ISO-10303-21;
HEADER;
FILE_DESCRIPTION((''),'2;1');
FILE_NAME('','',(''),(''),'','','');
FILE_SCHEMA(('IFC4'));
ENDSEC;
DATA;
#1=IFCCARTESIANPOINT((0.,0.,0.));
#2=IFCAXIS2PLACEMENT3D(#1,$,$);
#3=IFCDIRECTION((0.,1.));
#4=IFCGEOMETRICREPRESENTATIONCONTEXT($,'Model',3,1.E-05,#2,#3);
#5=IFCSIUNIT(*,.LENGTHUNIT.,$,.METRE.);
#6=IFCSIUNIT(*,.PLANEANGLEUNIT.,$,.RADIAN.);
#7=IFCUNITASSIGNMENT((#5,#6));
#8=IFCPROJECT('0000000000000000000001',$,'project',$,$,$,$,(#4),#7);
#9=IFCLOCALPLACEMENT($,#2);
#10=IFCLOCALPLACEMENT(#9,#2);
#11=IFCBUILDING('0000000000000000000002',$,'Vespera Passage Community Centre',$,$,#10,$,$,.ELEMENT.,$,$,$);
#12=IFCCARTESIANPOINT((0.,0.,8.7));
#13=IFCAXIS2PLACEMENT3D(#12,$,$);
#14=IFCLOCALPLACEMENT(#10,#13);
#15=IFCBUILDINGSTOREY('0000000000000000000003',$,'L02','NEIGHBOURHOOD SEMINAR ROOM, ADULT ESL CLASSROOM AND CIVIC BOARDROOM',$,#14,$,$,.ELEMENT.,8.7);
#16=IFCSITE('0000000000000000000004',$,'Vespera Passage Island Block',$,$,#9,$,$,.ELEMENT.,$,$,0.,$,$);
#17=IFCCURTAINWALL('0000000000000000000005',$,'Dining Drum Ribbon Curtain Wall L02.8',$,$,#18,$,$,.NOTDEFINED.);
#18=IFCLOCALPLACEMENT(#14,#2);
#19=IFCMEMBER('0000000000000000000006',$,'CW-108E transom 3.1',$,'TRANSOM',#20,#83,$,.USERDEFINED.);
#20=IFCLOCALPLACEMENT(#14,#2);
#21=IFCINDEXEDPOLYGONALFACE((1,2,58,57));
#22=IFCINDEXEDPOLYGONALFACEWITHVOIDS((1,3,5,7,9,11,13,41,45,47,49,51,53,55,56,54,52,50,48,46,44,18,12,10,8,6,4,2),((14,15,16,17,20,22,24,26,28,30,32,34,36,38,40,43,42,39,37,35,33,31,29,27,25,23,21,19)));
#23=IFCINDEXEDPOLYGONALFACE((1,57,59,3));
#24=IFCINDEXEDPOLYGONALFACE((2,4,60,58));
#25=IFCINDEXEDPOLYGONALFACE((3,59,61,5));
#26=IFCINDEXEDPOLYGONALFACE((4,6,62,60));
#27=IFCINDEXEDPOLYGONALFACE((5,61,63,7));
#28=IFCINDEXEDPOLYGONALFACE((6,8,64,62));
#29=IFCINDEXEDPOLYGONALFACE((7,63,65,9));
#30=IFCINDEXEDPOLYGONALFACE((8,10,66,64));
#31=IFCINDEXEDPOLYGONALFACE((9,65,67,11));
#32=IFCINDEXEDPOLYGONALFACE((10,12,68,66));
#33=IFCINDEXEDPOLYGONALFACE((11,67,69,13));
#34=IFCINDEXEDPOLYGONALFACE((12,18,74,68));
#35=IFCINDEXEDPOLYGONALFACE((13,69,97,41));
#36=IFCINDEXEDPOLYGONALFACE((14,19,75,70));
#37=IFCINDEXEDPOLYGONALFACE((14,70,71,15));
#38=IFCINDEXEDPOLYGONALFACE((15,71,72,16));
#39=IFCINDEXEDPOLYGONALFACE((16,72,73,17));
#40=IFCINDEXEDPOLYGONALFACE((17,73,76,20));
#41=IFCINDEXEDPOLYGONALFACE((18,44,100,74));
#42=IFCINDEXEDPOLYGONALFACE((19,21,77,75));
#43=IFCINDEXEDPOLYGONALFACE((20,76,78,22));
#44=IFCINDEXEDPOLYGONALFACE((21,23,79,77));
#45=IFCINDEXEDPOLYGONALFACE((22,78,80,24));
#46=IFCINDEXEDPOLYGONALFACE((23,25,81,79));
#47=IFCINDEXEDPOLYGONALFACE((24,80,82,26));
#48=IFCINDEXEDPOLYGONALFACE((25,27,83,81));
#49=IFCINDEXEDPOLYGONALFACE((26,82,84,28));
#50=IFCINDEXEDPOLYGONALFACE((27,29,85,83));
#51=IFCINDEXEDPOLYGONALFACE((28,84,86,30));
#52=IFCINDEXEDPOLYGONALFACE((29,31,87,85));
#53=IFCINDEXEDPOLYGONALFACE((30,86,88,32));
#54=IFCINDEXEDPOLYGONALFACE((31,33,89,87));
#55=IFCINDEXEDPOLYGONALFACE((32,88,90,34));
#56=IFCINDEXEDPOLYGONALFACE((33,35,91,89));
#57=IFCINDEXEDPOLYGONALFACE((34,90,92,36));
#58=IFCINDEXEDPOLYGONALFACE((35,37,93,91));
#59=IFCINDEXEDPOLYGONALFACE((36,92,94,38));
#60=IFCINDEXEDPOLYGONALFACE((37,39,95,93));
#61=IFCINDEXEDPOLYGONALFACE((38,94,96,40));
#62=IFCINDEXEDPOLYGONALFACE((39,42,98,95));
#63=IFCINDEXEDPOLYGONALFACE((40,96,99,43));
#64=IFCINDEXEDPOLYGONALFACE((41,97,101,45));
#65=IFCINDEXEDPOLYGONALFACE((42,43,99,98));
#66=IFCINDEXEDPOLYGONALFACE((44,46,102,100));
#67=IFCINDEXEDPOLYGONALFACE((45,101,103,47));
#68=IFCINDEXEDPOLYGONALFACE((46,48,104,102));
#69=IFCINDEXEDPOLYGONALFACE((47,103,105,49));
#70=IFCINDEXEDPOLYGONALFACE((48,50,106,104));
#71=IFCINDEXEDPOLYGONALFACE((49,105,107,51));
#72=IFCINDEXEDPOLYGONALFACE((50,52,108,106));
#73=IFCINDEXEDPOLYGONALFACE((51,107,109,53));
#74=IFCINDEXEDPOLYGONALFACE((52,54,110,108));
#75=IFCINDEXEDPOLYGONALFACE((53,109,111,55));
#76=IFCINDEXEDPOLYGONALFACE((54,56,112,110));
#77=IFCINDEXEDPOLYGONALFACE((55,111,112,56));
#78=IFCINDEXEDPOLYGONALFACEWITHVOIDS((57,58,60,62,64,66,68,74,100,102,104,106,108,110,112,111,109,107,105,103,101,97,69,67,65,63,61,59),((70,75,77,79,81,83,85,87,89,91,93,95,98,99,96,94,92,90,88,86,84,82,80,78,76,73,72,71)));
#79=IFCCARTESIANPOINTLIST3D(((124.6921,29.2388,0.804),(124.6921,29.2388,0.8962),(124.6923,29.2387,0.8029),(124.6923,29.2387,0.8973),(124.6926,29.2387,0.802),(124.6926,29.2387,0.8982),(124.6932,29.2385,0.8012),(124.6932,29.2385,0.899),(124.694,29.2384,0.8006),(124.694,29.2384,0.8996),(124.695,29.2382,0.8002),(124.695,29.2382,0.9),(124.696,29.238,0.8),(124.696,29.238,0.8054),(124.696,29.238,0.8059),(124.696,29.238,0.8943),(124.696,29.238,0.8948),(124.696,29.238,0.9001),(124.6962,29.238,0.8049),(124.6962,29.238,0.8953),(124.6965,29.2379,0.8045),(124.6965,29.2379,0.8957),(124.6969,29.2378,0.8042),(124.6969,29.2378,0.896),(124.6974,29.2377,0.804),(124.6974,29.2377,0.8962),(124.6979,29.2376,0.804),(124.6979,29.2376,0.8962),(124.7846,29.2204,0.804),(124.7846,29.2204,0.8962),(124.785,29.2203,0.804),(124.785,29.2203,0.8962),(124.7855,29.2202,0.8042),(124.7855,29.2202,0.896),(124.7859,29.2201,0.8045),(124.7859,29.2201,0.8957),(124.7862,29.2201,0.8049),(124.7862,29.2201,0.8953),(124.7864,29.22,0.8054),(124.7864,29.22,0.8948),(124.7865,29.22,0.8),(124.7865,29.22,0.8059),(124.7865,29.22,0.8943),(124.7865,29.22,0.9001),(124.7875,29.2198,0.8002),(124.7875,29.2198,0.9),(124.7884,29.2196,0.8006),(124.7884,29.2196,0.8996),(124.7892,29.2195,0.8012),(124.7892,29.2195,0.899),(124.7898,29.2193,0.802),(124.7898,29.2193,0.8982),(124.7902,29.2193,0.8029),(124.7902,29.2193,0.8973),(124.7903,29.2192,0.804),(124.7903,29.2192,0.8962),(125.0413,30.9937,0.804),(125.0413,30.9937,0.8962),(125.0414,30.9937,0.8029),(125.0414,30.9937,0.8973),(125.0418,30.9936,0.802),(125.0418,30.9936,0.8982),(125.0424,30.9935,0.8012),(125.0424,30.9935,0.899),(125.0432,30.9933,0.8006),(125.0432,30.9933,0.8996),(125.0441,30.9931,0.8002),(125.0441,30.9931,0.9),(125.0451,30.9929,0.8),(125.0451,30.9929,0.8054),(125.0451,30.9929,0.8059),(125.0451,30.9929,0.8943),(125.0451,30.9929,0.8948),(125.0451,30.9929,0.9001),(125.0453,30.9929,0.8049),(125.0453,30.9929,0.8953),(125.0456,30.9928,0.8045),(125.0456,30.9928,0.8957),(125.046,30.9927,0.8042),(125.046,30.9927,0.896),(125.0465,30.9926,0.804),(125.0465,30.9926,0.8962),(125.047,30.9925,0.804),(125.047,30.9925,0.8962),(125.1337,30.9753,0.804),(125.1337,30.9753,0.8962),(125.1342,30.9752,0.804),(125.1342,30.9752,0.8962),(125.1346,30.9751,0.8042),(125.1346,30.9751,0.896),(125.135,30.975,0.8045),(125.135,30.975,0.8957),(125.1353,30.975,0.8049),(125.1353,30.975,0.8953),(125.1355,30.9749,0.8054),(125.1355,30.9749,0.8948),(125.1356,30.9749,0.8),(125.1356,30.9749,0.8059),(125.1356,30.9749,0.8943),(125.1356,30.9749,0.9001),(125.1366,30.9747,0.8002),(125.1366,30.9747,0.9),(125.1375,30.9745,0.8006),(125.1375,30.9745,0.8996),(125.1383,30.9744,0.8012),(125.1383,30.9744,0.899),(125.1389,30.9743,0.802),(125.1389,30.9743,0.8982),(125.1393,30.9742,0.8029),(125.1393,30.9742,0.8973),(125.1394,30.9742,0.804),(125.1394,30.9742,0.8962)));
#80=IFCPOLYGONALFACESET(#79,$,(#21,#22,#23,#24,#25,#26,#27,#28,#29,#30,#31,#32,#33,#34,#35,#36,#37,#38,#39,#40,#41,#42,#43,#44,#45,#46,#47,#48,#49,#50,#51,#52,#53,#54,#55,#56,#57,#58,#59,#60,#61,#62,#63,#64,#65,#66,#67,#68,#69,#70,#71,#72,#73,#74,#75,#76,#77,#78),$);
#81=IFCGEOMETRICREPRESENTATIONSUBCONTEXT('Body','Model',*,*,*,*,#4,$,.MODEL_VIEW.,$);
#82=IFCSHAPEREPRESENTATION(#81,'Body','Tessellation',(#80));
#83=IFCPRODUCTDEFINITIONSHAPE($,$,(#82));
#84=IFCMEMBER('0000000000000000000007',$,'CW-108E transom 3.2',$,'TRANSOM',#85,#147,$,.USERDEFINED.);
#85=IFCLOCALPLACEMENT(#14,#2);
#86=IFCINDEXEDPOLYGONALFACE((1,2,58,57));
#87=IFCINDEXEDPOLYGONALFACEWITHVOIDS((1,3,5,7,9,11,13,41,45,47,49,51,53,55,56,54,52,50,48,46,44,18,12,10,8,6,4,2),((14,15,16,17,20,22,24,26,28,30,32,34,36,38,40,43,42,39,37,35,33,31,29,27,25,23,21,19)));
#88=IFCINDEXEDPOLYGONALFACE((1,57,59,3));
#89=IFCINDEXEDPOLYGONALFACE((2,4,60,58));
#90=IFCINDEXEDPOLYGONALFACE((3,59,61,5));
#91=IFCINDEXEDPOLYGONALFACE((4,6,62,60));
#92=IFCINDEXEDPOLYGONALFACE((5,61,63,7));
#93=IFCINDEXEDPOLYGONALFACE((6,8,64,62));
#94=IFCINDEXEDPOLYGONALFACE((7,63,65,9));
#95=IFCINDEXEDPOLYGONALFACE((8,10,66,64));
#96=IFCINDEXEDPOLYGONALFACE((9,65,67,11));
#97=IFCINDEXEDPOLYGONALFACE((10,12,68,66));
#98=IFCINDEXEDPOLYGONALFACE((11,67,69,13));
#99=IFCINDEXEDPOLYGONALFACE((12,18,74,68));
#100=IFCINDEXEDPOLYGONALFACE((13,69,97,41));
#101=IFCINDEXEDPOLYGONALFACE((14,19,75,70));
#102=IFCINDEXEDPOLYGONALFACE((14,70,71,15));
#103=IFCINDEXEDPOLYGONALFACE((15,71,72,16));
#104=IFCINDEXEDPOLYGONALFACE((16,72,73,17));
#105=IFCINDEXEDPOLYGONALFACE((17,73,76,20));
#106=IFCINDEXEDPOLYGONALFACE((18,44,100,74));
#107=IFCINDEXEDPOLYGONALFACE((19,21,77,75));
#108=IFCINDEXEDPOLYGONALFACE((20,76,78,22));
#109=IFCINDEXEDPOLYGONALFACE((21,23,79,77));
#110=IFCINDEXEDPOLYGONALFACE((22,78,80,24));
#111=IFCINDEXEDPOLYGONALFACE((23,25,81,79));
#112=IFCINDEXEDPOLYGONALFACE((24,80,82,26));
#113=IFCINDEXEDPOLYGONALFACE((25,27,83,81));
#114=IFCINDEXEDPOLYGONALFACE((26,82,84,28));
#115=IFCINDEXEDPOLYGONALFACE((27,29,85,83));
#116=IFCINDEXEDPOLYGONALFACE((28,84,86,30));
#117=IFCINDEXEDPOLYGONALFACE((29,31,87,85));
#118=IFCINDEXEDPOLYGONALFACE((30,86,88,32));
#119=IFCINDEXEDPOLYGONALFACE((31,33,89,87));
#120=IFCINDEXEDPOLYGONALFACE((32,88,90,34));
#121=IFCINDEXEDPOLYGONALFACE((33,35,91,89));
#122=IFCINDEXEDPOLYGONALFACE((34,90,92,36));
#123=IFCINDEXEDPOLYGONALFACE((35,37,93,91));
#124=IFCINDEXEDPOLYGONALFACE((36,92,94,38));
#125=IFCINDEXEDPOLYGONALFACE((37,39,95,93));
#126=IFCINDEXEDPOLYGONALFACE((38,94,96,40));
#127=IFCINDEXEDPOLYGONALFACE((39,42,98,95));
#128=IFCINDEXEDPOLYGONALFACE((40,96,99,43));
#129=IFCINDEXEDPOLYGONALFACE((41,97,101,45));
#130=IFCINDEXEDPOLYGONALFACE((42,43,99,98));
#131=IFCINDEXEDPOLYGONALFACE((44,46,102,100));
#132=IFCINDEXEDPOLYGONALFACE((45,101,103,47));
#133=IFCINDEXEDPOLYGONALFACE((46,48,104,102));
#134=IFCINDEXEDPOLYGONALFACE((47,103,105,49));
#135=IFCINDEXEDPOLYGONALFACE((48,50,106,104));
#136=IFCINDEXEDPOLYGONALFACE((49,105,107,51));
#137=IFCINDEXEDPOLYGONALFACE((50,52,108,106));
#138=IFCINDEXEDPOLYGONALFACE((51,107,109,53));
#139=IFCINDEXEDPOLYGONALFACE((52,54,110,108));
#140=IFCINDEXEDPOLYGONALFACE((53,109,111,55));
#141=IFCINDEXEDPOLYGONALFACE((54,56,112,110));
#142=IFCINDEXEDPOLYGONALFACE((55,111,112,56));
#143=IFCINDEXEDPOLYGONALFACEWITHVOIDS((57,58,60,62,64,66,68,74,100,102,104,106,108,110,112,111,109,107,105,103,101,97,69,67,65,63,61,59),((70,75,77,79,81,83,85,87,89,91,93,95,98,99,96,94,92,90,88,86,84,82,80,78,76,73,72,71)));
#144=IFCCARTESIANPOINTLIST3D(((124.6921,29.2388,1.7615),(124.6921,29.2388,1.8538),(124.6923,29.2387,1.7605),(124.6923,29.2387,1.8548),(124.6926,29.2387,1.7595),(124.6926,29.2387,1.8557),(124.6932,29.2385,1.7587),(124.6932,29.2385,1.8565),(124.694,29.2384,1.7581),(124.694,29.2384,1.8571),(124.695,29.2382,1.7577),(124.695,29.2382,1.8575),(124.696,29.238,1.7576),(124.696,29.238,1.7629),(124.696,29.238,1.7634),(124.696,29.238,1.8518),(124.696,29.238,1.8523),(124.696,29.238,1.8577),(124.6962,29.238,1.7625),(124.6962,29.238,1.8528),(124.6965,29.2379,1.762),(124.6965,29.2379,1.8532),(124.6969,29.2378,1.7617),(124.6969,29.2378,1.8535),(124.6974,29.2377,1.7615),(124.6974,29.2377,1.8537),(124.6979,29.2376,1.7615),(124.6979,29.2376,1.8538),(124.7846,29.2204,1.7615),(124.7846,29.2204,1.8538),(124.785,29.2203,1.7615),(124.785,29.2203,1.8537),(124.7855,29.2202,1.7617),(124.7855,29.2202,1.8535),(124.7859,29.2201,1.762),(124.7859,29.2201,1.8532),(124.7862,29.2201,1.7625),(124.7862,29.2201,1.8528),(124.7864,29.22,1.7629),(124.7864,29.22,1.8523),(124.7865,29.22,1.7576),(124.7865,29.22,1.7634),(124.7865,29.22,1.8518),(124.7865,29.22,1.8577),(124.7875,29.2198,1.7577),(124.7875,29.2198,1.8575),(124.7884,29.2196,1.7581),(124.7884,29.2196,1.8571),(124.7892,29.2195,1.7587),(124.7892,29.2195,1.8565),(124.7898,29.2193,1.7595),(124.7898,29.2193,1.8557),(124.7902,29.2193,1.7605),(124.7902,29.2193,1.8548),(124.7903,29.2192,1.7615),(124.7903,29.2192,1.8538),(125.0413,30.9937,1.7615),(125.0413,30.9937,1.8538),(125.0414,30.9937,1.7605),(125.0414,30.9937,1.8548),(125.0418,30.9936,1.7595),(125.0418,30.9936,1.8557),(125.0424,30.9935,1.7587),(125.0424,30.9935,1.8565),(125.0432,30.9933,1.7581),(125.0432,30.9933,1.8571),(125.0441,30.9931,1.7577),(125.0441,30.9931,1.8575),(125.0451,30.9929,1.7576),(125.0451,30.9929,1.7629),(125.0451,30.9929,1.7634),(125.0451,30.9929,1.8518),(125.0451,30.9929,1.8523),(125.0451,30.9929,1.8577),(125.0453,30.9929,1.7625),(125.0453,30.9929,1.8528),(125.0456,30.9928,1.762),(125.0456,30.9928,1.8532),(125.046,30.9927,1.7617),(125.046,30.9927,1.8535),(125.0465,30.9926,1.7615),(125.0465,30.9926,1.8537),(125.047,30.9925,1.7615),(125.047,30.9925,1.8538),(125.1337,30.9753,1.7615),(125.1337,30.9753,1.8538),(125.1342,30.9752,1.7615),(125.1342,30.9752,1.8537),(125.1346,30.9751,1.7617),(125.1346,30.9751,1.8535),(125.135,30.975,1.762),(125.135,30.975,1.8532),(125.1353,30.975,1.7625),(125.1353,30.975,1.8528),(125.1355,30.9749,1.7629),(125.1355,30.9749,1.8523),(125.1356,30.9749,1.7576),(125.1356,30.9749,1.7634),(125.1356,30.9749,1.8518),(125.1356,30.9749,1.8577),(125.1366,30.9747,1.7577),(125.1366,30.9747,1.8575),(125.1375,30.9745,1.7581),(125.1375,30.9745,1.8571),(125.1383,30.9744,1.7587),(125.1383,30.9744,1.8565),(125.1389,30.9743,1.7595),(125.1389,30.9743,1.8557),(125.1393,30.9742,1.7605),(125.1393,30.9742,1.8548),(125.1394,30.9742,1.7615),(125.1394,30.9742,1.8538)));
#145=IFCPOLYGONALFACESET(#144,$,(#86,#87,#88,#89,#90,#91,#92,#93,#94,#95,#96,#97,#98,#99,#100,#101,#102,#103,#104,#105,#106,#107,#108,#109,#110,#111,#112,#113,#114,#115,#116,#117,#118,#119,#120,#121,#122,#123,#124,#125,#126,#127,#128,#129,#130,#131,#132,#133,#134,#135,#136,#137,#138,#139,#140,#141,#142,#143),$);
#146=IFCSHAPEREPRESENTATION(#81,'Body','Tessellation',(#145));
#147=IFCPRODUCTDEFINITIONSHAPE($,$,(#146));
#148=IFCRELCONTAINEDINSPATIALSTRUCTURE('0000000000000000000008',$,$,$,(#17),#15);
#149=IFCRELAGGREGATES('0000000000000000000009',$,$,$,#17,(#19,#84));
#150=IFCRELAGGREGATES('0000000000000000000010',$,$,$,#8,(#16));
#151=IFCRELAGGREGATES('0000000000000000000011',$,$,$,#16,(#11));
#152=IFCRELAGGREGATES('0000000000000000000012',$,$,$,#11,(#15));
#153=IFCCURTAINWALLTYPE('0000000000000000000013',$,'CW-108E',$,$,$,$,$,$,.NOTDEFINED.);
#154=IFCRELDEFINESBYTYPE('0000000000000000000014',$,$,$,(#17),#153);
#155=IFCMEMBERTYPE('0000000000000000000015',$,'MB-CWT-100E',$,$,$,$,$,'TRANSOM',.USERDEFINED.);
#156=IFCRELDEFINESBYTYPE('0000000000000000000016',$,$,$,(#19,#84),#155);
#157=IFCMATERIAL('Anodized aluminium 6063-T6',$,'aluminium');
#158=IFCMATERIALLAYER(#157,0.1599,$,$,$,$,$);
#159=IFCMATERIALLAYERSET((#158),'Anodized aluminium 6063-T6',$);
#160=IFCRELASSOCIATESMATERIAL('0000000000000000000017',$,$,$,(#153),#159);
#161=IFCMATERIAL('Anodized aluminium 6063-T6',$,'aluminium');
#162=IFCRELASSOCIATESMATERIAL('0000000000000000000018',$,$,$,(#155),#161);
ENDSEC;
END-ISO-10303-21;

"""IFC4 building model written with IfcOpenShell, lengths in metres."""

from ifc_helpers import new_model, si_unit, direction, frame, origin, origin_2d, place, context, subcontext, project, spatial, hollow_rectangle, extrude, material, layer, layer_set, material_profile, profile_set, type_object, element, aggregate, save


model = new_model("IFC4")

# Units and contexts
model_context = context("Model", 3, precision=1e-05, world=origin(), true_north=direction((0.0, 1.0)))
body_context = subcontext(model_context, "Body", "Model", "MODEL_VIEW")
ifc_project = project(units=[si_unit("LENGTHUNIT", "METRE"), si_unit("PLANEANGLEUNIT", "RADIAN")], contexts=[model_context])

# Site, building, storey
site_placement = place(None, origin())
site = spatial("IfcSite", under=ifc_project, at=site_placement, Name="Vespera Passage Island Block", CompositionType="ELEMENT", RefElevation=0.0)
building_placement = place(site_placement, origin())
building = spatial("IfcBuilding", under=site, at=building_placement, Name="Vespera Passage Community Centre", CompositionType="ELEMENT")
storey_placement = place(building_placement, frame((0.0, 0.0, 8.7)))
storey = spatial("IfcBuildingStorey", under=building, at=storey_placement, Name="L02", Description="NEIGHBOURHOOD SEMINAR ROOM, ADULT ESL CLASSROOM AND CIVIC BOARDROOM", CompositionType="ELEMENT", Elevation=8.7)

# Curtain wall, members
ifc_material_1 = material(Name="Anodized aluminium 6063-T6", Category="aluminium")
ifc_layer_1 = layer(ifc_material_1, 0.1599)
ifc_layer_set_1 = layer_set([ifc_layer_1], Name="Anodized aluminium 6063-T6")
curtain_wall_type = type_object("IfcCurtainWallType", Name="CW-108E", PredefinedType="NOTDEFINED", material=ifc_layer_set_1)
curtain_wall_placement = place(storey_placement, origin())
curtain_wall = element("IfcCurtainWall", 1, at=curtain_wall_placement, inside=storey, type_object=curtain_wall_type, Name="Dining Drum Ribbon Curtain Wall L02.8", PredefinedType="NOTDEFINED")
ifc_material_2 = material(Name="Anodized aluminium 6063-T6", Category="aluminium")
ifc_material_profile_1 = material_profile(ifc_material_2, hollow_rectangle(XDim=0.1001, YDim=0.1001, WallThickness=0.0039, InnerFilletRadius=0.002, OuterFilletRadius=0.0039, at=origin_2d()), Name="ALU100X100X4")
ifc_profile_set_1 = profile_set([ifc_material_profile_1], Name="Anodized aluminium 6063-T6")
member_type_1 = type_object("IfcMemberType", Name="MB-CWT-100E", ElementType="TRANSOM", PredefinedType="USERDEFINED", material=ifc_profile_set_1)
member_1_placement = place(storey_placement, frame((124.7412, 29.229, 0.8501), z_axis=(0.195119, 0.98078, 0.0), x_axis=(-0.98078, 0.195119, 0.0)))
member_1 = element("IfcMember", 2, at=member_1_placement, type_object=member_type_1, Name="CW-108E transom 3.1", ObjectType="TRANSOM", PredefinedType="USERDEFINED", context=body_context, shape_type="SweptSolid", body=[
    extrude(hollow_rectangle(XDim=0.1001, YDim=0.1001, WallThickness=0.0039, InnerFilletRadius=0.002, OuterFilletRadius=0.0039, at=origin_2d()), origin(), (0.0, 0.0, 1.0), 1.7893),
])
member_2_placement = place(storey_placement, frame((124.7412, 29.229, 1.8076), z_axis=(0.195119, 0.98078, 0.0), x_axis=(-0.98078, 0.195119, 0.0)))
member_2 = element("IfcMember", 3, at=member_2_placement, type_object=member_type_1, Name="CW-108E transom 3.2", ObjectType="TRANSOM", PredefinedType="USERDEFINED", context=body_context, shape_type="SweptSolid", body=[
    extrude(hollow_rectangle(XDim=0.1001, YDim=0.1001, WallThickness=0.0039, InnerFilletRadius=0.002, OuterFilletRadius=0.0039, at=origin_2d()), origin(), (0.0, 0.0, 1.0), 1.7893),
])

aggregate(curtain_wall, [member_1, member_2])

save(model, "model.ifc")
